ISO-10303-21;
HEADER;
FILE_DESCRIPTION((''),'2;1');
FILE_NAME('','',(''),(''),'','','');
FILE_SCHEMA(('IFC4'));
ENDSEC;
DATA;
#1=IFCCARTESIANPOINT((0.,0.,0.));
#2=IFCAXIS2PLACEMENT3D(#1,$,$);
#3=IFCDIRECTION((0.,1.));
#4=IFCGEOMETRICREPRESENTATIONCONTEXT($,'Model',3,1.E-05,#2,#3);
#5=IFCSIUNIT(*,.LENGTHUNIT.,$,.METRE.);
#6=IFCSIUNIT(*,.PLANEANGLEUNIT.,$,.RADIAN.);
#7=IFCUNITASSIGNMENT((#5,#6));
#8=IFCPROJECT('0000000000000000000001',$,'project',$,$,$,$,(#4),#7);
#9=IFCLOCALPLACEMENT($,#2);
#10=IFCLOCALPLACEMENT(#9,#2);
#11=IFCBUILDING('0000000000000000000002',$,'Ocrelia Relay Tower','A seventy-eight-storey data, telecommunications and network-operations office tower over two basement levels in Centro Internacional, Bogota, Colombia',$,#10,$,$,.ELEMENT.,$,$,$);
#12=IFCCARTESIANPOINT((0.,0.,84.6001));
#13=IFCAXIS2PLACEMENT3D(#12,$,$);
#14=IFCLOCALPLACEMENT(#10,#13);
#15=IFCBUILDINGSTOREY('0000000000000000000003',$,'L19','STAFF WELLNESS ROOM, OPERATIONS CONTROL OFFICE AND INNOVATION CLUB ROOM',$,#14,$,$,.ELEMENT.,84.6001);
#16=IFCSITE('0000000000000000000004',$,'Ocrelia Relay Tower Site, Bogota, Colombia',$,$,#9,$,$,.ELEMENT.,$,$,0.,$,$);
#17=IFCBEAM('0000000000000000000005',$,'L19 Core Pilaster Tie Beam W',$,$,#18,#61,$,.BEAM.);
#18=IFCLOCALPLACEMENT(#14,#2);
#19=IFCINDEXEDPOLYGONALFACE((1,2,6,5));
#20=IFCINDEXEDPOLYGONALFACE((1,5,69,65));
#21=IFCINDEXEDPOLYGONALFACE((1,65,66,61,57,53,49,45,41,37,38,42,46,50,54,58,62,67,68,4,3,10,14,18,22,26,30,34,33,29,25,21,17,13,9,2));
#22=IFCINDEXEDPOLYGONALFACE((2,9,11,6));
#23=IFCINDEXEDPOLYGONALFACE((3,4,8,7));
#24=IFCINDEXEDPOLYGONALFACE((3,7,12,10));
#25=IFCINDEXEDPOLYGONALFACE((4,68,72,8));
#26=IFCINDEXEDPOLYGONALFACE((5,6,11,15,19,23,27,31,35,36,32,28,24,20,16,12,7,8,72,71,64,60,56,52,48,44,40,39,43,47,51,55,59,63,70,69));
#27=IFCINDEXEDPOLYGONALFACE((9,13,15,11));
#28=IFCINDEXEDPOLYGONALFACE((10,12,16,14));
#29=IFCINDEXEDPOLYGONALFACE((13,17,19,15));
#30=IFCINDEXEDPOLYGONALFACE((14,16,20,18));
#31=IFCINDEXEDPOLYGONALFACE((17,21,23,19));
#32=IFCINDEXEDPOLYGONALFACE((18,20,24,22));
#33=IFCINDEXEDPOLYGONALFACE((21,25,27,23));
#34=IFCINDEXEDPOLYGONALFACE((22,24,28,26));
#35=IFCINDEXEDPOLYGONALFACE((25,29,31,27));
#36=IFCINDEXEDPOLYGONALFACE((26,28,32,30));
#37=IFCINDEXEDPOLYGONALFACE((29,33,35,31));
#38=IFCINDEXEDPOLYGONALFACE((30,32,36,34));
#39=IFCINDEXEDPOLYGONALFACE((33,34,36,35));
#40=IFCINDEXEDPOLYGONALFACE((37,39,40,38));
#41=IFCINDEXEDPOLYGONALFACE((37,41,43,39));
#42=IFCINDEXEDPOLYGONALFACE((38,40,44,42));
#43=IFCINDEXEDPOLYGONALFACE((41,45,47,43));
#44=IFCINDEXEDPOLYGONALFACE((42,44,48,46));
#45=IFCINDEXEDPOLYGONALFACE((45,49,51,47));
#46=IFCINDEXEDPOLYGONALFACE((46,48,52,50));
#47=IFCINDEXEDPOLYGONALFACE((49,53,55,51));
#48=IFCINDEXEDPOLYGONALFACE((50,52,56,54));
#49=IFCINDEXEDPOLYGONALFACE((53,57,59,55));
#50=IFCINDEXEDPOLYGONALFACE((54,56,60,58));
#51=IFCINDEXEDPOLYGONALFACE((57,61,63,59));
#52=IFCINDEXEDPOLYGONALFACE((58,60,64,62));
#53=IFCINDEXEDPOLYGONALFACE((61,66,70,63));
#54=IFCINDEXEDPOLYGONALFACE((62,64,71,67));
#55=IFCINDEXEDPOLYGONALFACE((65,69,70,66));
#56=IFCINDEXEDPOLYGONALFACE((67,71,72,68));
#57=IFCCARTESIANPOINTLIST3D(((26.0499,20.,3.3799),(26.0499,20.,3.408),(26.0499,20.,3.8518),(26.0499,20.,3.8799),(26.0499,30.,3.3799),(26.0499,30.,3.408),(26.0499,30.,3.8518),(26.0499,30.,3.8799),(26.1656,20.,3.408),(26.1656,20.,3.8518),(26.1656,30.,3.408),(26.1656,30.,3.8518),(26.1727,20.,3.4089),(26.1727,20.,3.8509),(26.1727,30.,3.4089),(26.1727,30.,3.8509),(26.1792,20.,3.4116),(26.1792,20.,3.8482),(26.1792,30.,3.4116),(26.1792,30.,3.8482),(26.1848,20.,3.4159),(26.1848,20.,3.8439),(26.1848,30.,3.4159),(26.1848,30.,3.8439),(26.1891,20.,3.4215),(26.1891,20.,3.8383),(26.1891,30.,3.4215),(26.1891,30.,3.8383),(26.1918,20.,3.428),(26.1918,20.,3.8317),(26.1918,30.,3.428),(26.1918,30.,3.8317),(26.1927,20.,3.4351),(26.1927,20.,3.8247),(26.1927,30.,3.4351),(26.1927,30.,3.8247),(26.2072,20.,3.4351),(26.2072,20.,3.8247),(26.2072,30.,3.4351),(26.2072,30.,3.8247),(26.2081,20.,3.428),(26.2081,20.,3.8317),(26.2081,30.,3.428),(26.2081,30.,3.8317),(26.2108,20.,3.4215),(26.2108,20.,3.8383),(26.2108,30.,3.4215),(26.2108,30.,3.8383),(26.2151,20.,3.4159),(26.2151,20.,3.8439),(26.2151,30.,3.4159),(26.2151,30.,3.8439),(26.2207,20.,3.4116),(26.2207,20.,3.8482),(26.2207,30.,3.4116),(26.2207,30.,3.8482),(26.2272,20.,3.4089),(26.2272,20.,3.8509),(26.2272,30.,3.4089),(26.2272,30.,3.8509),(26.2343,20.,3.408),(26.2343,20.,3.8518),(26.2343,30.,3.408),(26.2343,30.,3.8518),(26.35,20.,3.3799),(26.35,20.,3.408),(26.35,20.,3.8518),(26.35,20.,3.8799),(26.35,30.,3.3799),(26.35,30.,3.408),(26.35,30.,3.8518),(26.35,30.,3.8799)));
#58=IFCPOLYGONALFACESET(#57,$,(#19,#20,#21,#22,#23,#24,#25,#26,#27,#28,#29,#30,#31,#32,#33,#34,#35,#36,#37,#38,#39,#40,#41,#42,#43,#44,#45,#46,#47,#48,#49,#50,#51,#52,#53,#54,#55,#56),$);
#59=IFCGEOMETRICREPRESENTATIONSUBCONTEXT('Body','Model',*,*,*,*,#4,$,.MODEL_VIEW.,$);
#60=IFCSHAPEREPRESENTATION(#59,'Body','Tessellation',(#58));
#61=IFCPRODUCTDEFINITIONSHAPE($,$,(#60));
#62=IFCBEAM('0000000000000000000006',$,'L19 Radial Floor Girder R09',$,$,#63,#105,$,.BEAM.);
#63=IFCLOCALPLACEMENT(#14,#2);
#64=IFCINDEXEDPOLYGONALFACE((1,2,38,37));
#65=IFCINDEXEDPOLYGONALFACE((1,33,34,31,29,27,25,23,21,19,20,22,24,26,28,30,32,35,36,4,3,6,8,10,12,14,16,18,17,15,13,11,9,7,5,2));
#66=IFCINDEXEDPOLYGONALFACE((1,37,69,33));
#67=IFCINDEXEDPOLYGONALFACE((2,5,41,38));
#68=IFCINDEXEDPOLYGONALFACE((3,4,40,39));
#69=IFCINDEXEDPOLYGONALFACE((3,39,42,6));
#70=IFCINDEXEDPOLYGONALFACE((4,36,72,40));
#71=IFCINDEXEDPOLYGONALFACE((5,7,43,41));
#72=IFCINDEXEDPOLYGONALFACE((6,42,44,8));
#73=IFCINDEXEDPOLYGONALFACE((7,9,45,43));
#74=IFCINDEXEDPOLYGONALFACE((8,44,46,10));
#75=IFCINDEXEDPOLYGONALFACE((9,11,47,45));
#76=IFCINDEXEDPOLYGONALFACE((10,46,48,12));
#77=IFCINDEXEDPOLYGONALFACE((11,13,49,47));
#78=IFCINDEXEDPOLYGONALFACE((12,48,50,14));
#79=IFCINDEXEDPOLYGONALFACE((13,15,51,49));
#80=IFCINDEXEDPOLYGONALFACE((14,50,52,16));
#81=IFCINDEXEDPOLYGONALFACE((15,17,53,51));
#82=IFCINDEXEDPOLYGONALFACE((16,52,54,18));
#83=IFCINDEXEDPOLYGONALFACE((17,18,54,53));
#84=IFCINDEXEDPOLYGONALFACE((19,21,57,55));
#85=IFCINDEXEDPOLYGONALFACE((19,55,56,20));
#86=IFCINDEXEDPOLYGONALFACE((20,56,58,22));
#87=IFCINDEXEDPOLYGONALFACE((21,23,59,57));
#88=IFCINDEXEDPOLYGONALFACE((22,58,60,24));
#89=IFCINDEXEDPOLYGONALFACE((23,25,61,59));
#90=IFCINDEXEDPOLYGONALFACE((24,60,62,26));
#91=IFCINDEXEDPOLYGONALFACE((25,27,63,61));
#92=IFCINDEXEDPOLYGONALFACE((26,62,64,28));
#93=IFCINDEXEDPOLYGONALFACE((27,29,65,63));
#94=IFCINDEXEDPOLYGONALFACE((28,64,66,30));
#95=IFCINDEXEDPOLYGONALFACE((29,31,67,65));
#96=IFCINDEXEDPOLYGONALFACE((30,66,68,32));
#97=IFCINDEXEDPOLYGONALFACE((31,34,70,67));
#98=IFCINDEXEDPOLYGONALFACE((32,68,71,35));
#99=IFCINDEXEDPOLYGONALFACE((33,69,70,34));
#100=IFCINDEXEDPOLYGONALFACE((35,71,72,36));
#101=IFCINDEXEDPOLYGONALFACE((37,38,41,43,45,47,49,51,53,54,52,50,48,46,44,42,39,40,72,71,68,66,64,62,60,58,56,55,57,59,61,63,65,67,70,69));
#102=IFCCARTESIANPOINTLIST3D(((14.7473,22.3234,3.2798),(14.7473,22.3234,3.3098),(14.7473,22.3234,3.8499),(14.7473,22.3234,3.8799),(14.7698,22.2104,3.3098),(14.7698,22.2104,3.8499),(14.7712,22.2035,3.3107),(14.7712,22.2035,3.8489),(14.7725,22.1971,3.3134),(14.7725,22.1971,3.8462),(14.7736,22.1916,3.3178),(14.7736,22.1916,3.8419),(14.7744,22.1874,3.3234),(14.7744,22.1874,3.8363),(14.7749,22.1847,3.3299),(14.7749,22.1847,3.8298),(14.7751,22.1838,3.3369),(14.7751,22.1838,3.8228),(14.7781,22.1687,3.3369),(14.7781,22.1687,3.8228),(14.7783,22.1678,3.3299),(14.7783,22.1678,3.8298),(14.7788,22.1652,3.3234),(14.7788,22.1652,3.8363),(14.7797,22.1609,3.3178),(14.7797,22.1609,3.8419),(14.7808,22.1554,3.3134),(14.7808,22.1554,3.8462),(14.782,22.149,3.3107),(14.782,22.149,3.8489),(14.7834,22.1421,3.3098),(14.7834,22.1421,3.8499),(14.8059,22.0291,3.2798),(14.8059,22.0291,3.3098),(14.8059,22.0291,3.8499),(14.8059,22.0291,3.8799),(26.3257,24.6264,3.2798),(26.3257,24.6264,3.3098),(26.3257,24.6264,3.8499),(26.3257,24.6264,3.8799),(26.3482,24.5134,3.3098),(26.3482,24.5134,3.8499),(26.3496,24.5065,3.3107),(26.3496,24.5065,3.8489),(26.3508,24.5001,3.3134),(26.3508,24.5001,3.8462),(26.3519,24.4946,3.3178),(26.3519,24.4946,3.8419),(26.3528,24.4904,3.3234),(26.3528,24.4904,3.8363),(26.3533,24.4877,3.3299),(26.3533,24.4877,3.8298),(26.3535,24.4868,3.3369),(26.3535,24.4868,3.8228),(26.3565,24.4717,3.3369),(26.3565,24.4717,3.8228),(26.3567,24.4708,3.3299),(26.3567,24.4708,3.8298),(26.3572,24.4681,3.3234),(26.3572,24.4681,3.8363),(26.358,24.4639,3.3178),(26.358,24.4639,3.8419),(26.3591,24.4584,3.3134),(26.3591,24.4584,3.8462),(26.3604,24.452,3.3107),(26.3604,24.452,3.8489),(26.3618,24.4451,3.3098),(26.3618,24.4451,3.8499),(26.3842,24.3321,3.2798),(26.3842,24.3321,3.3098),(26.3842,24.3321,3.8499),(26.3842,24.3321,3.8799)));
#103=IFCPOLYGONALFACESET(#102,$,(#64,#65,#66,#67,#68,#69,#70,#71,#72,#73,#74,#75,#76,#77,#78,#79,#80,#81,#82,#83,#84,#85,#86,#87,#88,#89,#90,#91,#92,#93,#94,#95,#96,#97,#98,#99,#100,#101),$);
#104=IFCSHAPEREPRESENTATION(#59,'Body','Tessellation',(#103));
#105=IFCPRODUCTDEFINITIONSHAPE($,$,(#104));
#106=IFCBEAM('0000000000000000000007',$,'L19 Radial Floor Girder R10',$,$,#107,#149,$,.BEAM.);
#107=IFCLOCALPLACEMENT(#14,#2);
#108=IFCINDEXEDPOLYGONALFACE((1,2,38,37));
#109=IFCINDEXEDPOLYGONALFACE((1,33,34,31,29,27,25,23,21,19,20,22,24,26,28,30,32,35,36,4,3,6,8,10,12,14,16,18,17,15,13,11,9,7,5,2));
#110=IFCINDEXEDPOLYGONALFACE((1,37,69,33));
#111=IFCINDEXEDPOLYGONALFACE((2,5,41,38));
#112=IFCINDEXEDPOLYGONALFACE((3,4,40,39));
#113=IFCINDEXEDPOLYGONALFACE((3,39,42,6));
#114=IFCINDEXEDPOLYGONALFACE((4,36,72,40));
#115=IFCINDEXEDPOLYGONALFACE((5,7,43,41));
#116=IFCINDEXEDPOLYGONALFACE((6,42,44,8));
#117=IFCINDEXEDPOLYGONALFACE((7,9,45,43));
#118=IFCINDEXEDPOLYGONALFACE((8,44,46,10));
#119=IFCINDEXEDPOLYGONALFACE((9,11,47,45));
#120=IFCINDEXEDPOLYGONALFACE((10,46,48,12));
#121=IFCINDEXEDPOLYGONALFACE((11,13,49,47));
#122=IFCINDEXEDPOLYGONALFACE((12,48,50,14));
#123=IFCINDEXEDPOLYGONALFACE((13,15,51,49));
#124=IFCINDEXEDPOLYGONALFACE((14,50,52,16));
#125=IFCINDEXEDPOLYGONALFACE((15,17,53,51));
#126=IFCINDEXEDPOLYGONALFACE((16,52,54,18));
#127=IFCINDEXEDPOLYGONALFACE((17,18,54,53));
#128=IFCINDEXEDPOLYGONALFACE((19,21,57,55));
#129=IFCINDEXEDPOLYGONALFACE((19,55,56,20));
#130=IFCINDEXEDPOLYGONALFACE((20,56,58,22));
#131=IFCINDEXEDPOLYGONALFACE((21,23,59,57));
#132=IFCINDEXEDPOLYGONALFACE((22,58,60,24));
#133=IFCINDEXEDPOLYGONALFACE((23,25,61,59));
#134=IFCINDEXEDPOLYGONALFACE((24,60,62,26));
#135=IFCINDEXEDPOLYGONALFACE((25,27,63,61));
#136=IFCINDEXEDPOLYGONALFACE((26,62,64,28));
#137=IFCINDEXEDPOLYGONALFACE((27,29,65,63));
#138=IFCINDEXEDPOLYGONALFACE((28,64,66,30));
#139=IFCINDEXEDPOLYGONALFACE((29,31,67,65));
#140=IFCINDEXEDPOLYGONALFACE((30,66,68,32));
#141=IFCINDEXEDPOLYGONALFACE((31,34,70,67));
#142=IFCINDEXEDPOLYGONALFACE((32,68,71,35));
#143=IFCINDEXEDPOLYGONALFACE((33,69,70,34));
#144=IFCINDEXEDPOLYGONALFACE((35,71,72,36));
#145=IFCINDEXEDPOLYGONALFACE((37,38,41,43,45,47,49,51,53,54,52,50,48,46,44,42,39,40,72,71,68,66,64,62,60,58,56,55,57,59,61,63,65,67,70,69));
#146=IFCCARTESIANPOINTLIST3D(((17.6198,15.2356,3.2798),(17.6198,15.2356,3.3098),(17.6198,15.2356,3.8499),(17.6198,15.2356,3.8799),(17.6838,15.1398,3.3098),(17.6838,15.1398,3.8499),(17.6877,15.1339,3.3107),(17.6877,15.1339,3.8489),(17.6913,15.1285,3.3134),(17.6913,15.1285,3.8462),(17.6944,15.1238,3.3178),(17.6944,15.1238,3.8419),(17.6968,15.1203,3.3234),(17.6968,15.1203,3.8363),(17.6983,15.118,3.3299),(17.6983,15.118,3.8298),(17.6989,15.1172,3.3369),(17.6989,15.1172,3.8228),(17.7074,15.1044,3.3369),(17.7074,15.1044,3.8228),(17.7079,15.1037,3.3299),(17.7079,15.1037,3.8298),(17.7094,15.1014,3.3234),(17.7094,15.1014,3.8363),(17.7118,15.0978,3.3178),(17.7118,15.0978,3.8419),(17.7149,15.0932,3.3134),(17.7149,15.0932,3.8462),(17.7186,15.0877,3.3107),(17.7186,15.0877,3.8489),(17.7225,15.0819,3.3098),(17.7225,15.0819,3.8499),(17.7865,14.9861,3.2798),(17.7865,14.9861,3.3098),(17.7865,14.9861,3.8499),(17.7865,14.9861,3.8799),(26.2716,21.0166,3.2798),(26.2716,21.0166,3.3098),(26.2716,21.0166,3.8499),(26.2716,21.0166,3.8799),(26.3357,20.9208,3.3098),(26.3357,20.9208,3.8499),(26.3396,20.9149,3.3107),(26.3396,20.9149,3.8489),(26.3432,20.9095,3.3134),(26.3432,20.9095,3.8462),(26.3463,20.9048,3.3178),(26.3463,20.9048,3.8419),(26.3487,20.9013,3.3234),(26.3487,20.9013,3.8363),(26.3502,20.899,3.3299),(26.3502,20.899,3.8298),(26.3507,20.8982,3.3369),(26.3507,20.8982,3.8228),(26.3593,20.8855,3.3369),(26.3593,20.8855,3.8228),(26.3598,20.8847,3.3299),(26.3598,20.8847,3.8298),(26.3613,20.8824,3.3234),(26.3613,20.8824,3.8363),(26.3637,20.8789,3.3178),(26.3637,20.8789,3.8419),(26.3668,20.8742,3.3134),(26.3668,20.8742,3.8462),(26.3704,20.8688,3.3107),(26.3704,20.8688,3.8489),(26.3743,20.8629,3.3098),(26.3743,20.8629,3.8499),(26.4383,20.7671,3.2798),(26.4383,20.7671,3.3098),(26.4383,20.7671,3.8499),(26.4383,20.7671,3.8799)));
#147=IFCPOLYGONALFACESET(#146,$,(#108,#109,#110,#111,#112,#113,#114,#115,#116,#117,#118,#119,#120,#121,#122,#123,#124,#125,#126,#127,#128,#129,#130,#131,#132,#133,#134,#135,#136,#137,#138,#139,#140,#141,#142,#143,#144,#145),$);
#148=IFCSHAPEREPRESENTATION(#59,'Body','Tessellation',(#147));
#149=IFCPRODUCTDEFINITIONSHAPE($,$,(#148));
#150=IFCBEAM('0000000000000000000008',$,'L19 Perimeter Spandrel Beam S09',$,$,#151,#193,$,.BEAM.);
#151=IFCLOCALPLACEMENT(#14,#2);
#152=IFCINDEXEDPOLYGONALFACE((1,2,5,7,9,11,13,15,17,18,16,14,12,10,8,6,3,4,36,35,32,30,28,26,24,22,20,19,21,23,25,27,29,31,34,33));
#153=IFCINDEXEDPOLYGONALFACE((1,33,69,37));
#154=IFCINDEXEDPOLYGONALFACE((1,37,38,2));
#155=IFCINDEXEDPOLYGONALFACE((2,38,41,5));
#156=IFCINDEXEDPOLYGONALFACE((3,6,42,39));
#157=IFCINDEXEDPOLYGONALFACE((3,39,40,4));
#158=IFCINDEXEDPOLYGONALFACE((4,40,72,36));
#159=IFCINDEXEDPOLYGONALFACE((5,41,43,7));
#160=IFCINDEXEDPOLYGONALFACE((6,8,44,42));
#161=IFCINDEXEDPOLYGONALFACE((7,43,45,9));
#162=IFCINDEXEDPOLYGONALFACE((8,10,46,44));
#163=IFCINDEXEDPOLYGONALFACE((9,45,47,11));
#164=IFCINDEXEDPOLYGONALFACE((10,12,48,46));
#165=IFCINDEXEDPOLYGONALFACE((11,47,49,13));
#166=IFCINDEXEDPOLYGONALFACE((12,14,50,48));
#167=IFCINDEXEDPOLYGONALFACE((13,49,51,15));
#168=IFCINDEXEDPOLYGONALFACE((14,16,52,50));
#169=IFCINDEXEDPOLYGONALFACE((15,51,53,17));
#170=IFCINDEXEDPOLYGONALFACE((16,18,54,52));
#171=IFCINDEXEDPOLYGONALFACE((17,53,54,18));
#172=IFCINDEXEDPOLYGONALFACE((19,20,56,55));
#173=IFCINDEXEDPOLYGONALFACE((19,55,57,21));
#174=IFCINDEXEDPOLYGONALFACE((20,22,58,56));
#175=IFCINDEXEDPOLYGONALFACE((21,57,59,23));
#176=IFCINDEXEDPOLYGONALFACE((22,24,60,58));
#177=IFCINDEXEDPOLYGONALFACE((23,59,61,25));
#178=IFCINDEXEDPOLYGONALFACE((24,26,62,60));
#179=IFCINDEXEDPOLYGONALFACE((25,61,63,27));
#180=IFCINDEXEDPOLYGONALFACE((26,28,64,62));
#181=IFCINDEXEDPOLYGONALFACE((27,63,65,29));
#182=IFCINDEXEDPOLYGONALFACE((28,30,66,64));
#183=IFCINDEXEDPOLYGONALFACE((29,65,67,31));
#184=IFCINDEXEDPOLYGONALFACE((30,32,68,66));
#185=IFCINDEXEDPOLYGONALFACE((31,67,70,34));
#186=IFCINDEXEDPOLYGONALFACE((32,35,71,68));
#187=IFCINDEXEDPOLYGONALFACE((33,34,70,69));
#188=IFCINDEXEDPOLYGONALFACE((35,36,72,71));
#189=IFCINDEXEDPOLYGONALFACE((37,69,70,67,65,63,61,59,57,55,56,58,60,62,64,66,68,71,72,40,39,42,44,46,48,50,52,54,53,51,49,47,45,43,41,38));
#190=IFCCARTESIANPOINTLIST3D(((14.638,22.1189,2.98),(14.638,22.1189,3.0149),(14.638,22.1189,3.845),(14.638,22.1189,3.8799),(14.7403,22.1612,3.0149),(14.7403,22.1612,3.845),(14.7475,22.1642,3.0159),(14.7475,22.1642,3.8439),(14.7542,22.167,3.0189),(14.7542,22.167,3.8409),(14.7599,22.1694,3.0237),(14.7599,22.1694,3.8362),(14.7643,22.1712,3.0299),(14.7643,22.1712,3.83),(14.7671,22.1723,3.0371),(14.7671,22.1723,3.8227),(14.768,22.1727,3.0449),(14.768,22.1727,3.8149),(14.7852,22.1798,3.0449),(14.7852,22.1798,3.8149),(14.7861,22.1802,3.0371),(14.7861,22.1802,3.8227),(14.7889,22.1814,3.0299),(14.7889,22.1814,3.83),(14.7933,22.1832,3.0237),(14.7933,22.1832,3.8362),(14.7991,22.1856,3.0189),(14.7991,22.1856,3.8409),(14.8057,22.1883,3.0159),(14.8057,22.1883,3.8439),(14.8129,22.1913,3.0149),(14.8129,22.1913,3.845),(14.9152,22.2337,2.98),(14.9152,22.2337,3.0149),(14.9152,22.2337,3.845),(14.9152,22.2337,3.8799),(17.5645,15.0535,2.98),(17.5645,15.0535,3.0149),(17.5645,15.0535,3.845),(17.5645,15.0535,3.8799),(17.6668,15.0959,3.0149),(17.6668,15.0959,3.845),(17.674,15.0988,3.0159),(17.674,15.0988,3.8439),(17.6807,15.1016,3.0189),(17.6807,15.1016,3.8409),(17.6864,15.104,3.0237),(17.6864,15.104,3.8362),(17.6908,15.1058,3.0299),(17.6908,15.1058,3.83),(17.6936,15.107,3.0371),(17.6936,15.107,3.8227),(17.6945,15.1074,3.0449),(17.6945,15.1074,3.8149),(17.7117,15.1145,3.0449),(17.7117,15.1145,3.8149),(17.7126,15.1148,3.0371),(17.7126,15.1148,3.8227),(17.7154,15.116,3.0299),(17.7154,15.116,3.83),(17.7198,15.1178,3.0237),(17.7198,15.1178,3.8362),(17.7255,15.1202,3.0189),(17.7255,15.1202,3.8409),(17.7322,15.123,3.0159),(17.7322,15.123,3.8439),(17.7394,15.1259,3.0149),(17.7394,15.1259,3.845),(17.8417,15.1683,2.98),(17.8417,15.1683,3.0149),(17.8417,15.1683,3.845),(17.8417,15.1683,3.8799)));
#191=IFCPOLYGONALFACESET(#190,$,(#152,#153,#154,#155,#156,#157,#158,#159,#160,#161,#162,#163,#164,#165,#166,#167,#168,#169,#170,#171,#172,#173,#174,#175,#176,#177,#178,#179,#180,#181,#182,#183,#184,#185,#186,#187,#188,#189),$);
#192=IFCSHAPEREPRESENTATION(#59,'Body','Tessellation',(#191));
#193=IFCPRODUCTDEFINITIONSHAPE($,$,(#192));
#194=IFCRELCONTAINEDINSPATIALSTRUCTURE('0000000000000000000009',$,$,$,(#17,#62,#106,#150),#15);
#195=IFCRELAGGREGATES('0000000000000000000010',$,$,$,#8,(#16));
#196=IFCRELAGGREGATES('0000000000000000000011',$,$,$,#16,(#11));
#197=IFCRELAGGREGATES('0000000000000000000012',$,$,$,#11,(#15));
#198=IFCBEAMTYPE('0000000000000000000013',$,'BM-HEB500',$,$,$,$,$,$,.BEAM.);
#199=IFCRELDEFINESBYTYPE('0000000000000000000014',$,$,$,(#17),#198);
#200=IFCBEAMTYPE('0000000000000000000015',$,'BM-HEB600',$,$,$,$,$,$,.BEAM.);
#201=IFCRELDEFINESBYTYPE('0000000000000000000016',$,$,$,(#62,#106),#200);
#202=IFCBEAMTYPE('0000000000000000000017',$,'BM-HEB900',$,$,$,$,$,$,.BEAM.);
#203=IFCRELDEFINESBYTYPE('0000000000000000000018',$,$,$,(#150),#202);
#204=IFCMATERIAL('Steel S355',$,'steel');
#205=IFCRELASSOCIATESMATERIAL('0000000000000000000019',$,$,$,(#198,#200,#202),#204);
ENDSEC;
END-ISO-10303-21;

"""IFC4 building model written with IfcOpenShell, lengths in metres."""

from ifc_helpers import new_model, si_unit, direction, frame, origin, origin_2d, place, context, subcontext, project, spatial, i_section, extrude, material, material_profile, profile_set, type_object, element, save


model = new_model("IFC4")

# Units and contexts
model_context = context("Model", 3, precision=1e-05, world=origin(), true_north=direction((0.0, 1.0)))
body_context = subcontext(model_context, "Body", "Model", "MODEL_VIEW")
ifc_project = project(units=[si_unit("LENGTHUNIT", "METRE"), si_unit("PLANEANGLEUNIT", "RADIAN")], contexts=[model_context])

# Site, building, storey
site_placement = place(None, origin())
site = spatial("IfcSite", under=ifc_project, at=site_placement, Name="Ocrelia Relay Tower Site, Bogota, Colombia", CompositionType="ELEMENT", RefElevation=0.0)
building_placement = place(site_placement, origin())
building = spatial("IfcBuilding", under=site, at=building_placement, Name="Ocrelia Relay Tower", Description="A seventy-eight-storey data, telecommunications and network-operations office tower over two basement levels in Centro Internacional, Bogota, Colombia", CompositionType="ELEMENT")
storey_placement = place(building_placement, frame((0.0, 0.0, 84.6001)))
storey = spatial("IfcBuildingStorey", under=building, at=storey_placement, Name="L19", Description="STAFF WELLNESS ROOM, OPERATIONS CONTROL OFFICE AND INNOVATION CLUB ROOM", CompositionType="ELEMENT", Elevation=84.6001)

# Beams
ifc_material_1 = material(Name="Steel S355", Category="steel")
ifc_material_profile_1 = material_profile(ifc_material_1, i_section(OverallWidth=0.3, OverallDepth=0.5, WebThickness=0.0144, FlangeThickness=0.0281, FilletRadius=0.0271, at=origin_2d()), Name="HEB 500")
ifc_profile_set_1 = profile_set([ifc_material_profile_1], Name="Steel S355")
beam_type_1 = type_object("IfcBeamType", Name="BM-HEB500", PredefinedType="BEAM", material=ifc_profile_set_1)
beam_1_placement = place(storey_placement, frame((26.2, 20.0, 3.6299), z_axis=(0.0, 1.0, 0.0), x_axis=(-1.0, 0.0, 0.0)))
element("IfcBeam", 1, at=beam_1_placement, inside=storey, type_object=beam_type_1, Name="L19 Core Pilaster Tie Beam W", PredefinedType="BEAM", context=body_context, shape_type="SweptSolid", body=[
    extrude(i_section(OverallWidth=0.3, OverallDepth=0.5, WebThickness=0.0144, FlangeThickness=0.0281, FilletRadius=0.0271, at=origin_2d()), origin(), (0.0, 0.0, 1.0), 10.0),
])
ifc_material_profile_2 = material_profile(ifc_material_1, i_section(OverallWidth=0.3, OverallDepth=0.6001, WebThickness=0.0154, FlangeThickness=0.03, FilletRadius=0.0271, at=origin_2d()), Name="HEB 600")
ifc_profile_set_2 = profile_set([ifc_material_profile_2], Name="Steel S355")
beam_type_2 = type_object("IfcBeamType", Name="BM-HEB600", PredefinedType="BEAM", material=ifc_profile_set_2)
beam_2_placement = place(storey_placement, frame((14.7766, 22.1763, 3.5798), z_axis=(0.980787, 0.195082, 0.0), x_axis=(-0.195082, 0.980787, 0.0)))
element("IfcBeam", 2, at=beam_2_placement, inside=storey, type_object=beam_type_2, Name="L19 Radial Floor Girder R09", PredefinedType="BEAM", context=body_context, shape_type="SweptSolid", body=[
    extrude(i_section(OverallWidth=0.3, OverallDepth=0.6001, WebThickness=0.0154, FlangeThickness=0.03, FilletRadius=0.0271, at=origin_2d()), origin(), (0.0, 0.0, 1.0), 11.8052),
])
beam_3_placement = place(storey_placement, frame((17.7031, 15.1108, 3.5798), z_axis=(0.831469, 0.555572, 0.0), x_axis=(-0.555572, 0.831469, 0.0)))
element("IfcBeam", 3, at=beam_3_placement, inside=storey, type_object=beam_type_2, Name="L19 Radial Floor Girder R10", PredefinedType="BEAM", context=body_context, shape_type="SweptSolid", body=[
    extrude(i_section(OverallWidth=0.3, OverallDepth=0.6001, WebThickness=0.0154, FlangeThickness=0.03, FilletRadius=0.0271, at=origin_2d()), origin(), (0.0, 0.0, 1.0), 10.4055),
])
ifc_material_profile_3 = material_profile(ifc_material_1, i_section(OverallWidth=0.3, OverallDepth=0.8999, WebThickness=0.0186, FlangeThickness=0.0349, FilletRadius=0.03, at=origin_2d()), Name="HEB 900")
ifc_profile_set_3 = profile_set([ifc_material_profile_3], Name="Steel S355")
beam_type_3 = type_object("IfcBeamType", Name="BM-HEB900", PredefinedType="BEAM", material=ifc_profile_set_3)
beam_4_placement = place(storey_placement, frame((14.7766, 22.1763, 3.4299), z_axis=(0.382674, -0.923883, 0.0), x_axis=(0.923883, 0.382674, 0.0)))
element("IfcBeam", 4, at=beam_4_placement, inside=storey, type_object=beam_type_3, Name="L19 Perimeter Spandrel Beam S09", PredefinedType="BEAM", context=body_context, shape_type="SweptSolid", body=[
    extrude(i_section(OverallWidth=0.3, OverallDepth=0.8999, WebThickness=0.0186, FlangeThickness=0.0349, FilletRadius=0.03, at=origin_2d()), origin(), (0.0, 0.0, 1.0), 7.6475),
])

save(model, "model.ifc")
